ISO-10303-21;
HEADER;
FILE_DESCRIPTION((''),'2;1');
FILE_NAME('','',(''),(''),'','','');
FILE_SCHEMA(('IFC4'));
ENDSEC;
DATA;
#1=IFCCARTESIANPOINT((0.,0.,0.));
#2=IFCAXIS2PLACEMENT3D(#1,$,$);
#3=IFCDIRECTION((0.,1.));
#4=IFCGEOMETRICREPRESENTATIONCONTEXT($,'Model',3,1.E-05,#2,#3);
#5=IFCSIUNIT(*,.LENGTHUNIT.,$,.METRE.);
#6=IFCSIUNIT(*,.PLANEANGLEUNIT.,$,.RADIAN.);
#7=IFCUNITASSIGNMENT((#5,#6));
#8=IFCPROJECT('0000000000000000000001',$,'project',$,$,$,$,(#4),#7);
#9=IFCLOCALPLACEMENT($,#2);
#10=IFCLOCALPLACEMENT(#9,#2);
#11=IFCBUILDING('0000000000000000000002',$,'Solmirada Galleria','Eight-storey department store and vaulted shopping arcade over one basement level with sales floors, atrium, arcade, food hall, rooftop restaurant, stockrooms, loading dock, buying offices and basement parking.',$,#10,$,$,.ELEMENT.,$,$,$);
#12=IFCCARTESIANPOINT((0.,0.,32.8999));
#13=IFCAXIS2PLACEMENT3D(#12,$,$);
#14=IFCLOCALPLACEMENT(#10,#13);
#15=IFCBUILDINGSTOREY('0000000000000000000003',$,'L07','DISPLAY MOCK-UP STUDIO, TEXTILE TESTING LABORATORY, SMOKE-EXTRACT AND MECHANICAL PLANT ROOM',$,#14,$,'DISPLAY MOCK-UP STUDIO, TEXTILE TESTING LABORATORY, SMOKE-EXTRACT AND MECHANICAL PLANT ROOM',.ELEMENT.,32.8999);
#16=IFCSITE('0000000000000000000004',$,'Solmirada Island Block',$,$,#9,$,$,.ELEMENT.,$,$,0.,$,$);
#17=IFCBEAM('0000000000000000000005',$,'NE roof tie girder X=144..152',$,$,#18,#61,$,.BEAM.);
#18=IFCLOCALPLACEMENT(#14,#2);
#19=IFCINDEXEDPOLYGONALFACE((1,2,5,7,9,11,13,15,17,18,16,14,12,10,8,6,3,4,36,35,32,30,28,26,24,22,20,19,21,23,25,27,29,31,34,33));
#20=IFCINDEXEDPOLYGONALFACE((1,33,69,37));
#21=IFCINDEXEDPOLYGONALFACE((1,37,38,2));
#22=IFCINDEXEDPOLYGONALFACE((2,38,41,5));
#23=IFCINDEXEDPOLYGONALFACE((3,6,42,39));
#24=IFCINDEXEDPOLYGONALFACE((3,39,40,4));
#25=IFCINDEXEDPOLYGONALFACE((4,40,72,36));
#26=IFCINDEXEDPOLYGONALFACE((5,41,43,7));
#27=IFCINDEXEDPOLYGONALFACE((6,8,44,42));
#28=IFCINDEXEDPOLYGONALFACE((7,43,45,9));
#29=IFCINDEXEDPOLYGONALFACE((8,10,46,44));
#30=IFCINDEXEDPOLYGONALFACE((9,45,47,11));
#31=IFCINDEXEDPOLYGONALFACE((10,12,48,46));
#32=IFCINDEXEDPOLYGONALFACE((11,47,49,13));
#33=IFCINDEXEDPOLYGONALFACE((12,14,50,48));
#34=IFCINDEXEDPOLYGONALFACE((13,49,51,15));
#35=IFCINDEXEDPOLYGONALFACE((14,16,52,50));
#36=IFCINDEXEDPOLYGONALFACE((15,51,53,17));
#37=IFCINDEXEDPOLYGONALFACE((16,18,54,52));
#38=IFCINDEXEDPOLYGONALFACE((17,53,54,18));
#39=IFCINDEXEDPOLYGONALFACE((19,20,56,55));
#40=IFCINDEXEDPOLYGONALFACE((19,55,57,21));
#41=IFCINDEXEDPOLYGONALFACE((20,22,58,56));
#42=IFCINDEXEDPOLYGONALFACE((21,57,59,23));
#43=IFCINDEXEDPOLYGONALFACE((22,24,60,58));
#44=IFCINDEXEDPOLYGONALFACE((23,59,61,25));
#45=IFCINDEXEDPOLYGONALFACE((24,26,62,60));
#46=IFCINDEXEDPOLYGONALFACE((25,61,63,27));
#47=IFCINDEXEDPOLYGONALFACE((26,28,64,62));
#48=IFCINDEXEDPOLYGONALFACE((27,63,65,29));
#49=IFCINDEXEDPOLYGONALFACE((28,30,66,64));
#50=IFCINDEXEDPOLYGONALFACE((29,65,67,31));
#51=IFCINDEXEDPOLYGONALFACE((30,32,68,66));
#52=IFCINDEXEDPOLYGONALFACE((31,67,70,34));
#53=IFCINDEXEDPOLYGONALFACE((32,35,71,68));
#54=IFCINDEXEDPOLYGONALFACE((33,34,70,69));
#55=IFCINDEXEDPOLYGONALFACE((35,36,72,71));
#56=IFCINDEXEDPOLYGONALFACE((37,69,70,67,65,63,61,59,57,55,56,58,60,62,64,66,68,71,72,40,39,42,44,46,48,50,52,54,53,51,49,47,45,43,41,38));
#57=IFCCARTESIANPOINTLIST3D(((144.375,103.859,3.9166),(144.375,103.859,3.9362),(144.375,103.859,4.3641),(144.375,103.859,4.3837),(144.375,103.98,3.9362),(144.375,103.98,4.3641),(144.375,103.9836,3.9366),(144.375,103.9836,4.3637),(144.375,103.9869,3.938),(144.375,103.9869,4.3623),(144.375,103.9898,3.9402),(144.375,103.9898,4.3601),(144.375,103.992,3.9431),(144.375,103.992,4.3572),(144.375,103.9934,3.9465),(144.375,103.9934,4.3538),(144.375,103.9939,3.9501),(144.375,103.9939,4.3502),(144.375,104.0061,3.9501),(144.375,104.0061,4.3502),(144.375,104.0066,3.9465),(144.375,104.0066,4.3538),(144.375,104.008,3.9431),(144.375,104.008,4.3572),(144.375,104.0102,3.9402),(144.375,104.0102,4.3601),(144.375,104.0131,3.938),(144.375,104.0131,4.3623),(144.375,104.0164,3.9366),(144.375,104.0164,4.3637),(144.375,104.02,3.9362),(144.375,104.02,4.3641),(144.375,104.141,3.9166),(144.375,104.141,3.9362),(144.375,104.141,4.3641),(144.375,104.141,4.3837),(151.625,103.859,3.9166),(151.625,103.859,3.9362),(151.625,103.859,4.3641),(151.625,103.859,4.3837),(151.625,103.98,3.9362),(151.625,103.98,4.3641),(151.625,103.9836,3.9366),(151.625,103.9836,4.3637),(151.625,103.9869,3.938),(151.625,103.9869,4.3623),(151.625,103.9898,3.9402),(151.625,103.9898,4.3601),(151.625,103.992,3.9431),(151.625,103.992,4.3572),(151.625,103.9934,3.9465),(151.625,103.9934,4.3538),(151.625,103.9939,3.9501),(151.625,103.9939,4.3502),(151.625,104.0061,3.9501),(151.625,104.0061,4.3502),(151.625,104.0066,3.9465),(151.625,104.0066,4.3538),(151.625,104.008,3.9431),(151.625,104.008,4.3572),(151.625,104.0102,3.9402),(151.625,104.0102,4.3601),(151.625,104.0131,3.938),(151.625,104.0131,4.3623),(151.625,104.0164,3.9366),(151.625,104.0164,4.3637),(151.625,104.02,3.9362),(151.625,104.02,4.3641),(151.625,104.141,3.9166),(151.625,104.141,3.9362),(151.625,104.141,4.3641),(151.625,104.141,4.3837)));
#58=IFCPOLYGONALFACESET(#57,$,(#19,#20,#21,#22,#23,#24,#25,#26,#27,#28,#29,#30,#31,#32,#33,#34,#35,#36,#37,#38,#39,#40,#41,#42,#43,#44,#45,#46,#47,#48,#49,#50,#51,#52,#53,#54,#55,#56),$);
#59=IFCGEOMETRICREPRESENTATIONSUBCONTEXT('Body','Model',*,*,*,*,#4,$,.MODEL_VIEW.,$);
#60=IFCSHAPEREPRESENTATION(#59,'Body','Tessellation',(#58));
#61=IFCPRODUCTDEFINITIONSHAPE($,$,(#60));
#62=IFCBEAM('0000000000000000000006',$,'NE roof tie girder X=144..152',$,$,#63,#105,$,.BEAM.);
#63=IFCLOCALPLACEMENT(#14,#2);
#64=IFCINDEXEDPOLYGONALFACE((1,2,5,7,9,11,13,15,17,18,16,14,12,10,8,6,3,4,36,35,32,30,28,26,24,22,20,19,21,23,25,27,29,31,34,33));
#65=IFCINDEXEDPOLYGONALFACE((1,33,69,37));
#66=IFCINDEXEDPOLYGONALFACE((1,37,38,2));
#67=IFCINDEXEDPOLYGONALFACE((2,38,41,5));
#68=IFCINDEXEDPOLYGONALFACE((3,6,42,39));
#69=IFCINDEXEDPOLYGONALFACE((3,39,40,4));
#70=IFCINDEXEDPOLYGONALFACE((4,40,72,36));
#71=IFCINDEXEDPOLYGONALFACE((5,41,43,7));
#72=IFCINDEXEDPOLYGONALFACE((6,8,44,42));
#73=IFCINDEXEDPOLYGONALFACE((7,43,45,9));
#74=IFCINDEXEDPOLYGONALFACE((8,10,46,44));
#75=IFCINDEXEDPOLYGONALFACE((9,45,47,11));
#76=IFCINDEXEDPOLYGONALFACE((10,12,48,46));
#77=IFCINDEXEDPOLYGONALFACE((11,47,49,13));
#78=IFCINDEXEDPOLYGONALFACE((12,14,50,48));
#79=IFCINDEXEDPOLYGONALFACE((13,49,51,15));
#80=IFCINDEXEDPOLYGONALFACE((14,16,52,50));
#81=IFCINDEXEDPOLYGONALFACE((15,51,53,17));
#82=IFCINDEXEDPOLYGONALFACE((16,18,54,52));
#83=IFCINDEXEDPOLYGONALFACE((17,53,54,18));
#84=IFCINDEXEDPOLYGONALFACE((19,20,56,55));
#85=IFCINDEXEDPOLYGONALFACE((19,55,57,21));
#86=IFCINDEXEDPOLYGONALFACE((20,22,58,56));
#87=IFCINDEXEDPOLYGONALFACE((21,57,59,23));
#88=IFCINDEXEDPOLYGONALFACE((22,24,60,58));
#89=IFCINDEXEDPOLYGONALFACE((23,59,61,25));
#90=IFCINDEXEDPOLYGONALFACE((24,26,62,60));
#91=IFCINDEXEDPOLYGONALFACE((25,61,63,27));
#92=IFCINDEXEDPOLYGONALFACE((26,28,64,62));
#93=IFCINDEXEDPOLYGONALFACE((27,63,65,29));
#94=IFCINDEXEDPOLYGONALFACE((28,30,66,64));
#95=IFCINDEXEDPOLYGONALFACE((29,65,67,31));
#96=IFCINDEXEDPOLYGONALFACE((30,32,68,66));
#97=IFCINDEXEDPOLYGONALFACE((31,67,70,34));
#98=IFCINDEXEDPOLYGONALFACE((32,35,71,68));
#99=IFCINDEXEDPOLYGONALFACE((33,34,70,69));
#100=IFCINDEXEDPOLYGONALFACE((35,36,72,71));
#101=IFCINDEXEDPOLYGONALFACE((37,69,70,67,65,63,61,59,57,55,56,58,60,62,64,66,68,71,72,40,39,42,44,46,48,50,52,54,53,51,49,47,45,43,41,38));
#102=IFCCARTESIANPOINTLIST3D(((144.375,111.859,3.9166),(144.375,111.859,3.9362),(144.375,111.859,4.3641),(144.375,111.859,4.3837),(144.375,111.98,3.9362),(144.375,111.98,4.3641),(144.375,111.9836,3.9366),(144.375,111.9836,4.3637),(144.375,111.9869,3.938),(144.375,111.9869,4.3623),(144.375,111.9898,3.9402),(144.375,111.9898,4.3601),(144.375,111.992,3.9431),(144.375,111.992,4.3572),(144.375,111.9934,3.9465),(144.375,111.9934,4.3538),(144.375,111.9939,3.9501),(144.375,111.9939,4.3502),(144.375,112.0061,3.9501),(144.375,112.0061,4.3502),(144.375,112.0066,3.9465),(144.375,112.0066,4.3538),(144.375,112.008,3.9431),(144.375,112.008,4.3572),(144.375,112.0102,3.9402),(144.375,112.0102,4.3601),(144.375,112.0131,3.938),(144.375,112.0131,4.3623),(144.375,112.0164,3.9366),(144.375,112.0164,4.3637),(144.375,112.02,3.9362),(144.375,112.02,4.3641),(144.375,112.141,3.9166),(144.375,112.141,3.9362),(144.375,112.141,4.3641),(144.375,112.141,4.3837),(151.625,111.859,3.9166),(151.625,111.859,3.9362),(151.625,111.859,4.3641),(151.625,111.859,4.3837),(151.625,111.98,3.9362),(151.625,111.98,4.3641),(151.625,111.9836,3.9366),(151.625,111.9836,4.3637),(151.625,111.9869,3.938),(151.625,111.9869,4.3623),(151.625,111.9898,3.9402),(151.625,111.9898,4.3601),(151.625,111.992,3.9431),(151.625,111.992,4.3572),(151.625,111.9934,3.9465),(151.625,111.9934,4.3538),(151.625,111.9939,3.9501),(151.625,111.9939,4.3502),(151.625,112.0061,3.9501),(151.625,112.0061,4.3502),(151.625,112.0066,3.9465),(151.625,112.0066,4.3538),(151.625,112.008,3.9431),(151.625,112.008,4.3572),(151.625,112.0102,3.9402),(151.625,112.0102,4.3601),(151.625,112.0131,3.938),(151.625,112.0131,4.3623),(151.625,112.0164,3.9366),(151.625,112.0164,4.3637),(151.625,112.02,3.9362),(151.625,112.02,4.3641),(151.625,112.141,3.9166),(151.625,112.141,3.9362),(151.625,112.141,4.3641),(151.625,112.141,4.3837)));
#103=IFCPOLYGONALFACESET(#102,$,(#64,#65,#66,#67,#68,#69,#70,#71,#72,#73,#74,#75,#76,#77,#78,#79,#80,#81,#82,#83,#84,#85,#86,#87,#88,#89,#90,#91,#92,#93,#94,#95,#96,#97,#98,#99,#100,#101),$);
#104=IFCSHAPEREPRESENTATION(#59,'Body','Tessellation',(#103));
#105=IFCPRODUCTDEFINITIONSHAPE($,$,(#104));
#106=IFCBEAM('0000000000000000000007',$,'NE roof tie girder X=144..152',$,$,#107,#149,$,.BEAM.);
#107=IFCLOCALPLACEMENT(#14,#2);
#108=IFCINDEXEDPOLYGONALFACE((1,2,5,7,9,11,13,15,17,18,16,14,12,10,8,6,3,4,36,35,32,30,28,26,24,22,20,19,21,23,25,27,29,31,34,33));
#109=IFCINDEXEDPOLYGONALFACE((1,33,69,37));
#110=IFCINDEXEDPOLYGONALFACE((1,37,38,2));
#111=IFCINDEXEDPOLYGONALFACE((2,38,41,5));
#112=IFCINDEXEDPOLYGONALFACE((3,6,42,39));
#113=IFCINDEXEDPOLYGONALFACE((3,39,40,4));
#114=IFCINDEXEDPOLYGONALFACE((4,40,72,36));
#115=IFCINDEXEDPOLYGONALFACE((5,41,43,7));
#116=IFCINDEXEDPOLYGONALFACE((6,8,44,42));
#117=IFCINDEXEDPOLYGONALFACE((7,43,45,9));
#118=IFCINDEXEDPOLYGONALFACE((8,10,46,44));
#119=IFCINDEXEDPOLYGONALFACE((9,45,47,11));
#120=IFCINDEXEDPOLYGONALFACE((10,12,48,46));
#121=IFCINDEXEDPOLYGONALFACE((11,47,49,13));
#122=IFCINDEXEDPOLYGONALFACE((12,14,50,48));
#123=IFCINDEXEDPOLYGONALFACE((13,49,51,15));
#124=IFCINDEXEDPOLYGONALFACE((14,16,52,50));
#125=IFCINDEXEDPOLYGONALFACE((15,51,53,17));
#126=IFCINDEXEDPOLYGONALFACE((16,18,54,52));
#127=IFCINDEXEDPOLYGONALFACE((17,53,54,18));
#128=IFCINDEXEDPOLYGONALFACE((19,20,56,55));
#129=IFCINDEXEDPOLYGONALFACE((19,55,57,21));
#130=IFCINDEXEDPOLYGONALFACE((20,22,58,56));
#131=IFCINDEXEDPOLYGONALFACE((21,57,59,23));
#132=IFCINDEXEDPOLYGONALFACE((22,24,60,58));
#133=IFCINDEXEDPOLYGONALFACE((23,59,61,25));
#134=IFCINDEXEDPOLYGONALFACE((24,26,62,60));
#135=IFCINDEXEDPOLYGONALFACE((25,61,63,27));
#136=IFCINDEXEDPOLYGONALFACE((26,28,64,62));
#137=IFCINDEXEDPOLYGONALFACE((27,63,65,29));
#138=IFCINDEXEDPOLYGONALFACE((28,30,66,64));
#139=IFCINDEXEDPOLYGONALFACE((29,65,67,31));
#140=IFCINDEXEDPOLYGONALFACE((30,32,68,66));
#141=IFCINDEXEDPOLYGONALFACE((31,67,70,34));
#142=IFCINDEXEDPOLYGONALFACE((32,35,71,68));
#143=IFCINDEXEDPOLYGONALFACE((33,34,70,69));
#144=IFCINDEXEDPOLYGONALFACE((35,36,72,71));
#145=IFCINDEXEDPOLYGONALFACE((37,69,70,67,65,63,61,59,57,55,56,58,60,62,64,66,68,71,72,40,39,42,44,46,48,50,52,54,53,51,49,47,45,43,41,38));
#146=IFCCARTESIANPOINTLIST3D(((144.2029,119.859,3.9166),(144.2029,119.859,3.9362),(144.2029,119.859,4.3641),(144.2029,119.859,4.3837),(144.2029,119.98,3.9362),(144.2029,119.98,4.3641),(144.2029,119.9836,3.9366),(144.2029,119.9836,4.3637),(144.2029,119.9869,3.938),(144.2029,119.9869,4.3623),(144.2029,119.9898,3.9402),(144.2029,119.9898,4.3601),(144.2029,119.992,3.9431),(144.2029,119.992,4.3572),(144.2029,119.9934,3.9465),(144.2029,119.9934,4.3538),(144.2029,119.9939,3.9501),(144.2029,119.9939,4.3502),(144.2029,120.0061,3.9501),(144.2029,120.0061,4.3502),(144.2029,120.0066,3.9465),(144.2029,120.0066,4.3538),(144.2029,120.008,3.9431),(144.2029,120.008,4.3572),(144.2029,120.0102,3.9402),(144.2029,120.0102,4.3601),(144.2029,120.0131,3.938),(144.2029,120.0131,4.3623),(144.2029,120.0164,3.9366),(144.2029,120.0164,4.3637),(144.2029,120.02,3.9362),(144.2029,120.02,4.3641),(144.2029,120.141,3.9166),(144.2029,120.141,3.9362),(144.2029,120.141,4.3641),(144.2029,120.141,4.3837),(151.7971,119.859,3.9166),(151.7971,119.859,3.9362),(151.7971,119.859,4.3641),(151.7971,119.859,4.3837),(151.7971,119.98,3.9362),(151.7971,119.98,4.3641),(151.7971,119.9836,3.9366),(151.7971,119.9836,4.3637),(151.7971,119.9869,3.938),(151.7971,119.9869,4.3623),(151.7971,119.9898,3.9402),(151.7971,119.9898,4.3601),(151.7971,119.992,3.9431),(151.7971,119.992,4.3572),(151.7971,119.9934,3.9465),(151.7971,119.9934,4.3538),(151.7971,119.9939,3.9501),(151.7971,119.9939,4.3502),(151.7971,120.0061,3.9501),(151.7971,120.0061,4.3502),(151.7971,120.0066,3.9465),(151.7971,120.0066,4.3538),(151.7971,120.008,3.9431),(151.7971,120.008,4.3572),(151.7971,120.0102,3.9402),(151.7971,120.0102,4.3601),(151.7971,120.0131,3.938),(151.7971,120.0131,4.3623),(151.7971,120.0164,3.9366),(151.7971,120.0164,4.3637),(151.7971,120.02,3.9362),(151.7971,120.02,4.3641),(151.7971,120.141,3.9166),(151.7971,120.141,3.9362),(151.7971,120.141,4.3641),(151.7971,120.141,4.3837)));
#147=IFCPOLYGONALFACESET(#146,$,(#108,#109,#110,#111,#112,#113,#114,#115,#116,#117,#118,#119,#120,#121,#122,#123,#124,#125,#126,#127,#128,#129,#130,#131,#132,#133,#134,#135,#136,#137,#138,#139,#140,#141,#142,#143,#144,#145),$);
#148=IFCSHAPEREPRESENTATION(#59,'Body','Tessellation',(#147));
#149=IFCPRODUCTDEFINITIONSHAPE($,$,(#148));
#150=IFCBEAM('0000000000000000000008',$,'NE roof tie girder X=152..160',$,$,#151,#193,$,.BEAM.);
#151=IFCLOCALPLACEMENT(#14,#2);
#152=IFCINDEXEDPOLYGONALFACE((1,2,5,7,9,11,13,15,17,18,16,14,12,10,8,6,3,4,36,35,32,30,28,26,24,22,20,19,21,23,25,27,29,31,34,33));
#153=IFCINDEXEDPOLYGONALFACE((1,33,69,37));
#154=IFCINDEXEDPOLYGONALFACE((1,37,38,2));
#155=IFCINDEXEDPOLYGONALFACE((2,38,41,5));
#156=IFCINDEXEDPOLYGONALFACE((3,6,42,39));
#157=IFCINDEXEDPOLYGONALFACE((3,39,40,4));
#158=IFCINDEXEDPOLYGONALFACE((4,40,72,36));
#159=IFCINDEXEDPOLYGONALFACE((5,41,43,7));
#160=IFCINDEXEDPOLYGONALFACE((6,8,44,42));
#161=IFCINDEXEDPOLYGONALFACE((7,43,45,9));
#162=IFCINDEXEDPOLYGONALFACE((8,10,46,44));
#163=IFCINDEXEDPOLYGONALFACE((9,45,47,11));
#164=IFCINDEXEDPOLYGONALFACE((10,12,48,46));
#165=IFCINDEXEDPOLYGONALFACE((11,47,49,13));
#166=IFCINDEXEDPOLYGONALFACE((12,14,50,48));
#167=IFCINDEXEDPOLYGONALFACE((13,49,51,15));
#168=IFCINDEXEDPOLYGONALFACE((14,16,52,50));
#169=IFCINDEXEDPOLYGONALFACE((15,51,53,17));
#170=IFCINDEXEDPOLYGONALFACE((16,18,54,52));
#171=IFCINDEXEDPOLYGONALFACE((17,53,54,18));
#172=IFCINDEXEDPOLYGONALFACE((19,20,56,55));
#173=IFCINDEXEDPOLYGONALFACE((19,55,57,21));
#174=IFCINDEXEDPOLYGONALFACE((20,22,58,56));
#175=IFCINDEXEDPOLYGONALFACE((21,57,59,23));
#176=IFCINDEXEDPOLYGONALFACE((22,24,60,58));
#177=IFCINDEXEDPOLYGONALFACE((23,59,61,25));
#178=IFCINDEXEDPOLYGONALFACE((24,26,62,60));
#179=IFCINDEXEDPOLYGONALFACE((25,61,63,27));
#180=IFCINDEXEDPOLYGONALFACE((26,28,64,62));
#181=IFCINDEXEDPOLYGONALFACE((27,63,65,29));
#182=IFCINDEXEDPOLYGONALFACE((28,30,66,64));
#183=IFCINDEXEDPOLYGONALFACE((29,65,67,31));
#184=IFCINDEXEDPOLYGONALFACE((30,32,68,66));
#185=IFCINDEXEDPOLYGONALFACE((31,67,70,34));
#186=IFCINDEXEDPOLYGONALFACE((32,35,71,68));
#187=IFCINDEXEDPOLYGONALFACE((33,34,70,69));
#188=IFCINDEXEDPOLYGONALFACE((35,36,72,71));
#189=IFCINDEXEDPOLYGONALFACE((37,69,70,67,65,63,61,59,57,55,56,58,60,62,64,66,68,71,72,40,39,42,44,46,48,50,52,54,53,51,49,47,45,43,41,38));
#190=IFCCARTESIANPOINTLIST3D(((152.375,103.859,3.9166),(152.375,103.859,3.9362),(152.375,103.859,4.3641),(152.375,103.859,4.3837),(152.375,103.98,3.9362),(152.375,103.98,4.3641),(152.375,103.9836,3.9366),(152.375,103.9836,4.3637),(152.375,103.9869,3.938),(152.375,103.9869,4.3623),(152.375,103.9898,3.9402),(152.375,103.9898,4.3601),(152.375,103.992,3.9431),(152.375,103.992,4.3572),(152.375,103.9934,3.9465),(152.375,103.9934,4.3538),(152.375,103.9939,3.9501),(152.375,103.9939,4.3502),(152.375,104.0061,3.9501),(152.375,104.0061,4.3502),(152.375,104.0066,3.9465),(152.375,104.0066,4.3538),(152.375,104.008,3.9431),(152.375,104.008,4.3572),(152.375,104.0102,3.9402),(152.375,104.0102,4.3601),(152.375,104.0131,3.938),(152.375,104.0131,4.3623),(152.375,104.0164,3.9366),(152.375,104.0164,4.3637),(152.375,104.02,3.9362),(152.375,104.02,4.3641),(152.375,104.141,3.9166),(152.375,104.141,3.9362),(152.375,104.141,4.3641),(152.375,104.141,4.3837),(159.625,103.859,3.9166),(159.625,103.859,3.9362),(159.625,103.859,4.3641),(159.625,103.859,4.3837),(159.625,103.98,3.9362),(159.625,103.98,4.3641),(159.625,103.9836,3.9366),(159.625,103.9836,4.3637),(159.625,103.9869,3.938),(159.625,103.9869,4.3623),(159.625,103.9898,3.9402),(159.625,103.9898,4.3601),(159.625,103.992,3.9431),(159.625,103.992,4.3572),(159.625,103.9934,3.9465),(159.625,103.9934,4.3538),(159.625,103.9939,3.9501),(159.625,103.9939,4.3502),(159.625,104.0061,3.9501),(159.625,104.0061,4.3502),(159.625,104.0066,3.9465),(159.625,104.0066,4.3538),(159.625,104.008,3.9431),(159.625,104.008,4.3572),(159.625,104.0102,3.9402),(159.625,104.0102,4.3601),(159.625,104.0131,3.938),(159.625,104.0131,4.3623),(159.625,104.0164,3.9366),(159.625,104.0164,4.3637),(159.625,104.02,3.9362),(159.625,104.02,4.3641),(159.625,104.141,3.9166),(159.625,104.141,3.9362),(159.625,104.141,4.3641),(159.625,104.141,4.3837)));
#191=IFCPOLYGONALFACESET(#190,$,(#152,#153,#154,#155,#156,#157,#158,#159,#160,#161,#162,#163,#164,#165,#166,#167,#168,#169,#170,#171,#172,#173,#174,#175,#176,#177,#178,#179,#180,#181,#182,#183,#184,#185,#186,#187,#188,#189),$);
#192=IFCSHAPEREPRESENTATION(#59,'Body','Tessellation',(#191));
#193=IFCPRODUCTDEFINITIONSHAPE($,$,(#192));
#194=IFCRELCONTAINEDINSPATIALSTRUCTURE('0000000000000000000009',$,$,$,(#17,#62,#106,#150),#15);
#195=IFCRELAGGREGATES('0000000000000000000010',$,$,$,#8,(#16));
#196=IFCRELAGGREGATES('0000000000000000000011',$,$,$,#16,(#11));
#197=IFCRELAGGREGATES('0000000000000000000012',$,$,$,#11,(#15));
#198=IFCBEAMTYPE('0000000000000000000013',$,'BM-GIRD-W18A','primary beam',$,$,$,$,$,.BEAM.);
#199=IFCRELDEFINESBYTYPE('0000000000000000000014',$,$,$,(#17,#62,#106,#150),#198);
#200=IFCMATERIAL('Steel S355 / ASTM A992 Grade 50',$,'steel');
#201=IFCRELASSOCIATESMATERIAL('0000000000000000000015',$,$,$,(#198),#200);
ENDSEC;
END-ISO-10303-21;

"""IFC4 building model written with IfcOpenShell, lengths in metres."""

from ifc_helpers import new_model, si_unit, direction, frame, origin, origin_2d, place, context, subcontext, project, spatial, i_section, extrude, material, material_profile, profile_set, type_object, element, save


model = new_model("IFC4")

# Units and contexts
model_context = context("Model", 3, precision=1e-05, world=origin(), true_north=direction((0.0, 1.0)))
body_context = subcontext(model_context, "Body", "Model", "MODEL_VIEW")
ifc_project = project(units=[si_unit("LENGTHUNIT", "METRE"), si_unit("PLANEANGLEUNIT", "RADIAN")], contexts=[model_context])

# Site, building, storey
site_placement = place(None, origin())
site = spatial("IfcSite", under=ifc_project, at=site_placement, Name="Solmirada Island Block", CompositionType="ELEMENT", RefElevation=0.0)
building_placement = place(site_placement, origin())
building = spatial("IfcBuilding", under=site, at=building_placement, Name="Solmirada Galleria", Description="Eight-storey department store and vaulted shopping arcade over one basement level with sales floors, atrium, arcade, food hall, rooftop restaurant, stockrooms, loading dock, buying offices and basement parking.", CompositionType="ELEMENT")
storey_placement = place(building_placement, frame((0.0, 0.0, 32.8999)))
storey = spatial("IfcBuildingStorey", under=building, at=storey_placement, Name="L07", Description="DISPLAY MOCK-UP STUDIO, TEXTILE TESTING LABORATORY, SMOKE-EXTRACT AND MECHANICAL PLANT ROOM", LongName="DISPLAY MOCK-UP STUDIO, TEXTILE TESTING LABORATORY, SMOKE-EXTRACT AND MECHANICAL PLANT ROOM", CompositionType="ELEMENT", Elevation=32.8999)

# Beams
ifc_material_1 = material(Name="Steel S355 / ASTM A992 Grade 50", Category="steel")
ifc_material_profile_1 = material_profile(ifc_material_1, i_section(OverallWidth=0.282, OverallDepth=0.467, WebThickness=0.0122, FlangeThickness=0.0195, FilletRadius=0.0139, at=origin_2d()), Name="W18X86")
ifc_profile_set_1 = profile_set([ifc_material_profile_1], Name="Steel S355 / ASTM A992 Grade 50")
beam_type = type_object("IfcBeamType", Name="BM-GIRD-W18A", Description="primary beam", PredefinedType="BEAM", material=ifc_profile_set_1)
for number, where, z_axis, x_axis, name in (
    (1, (144.375, 104.0, 4.1501), (1.0, 0.0, 0.0), (0.0, 1.0, 0.0), "NE roof tie girder X=144..152"),
    (2, (144.375, 112.0, 4.1501), (1.0, 0.0, 0.0), (0.0, 1.0, 0.0), "NE roof tie girder X=144..152"),
):
    element("IfcBeam", number, at=place(storey_placement, frame(where, z_axis=z_axis, x_axis=x_axis)), inside=storey, type_object=beam_type, Name=name, PredefinedType="BEAM", context=body_context, shape_type="SweptSolid", body=[
        extrude(i_section(OverallWidth=0.282, OverallDepth=0.467, WebThickness=0.0122, FlangeThickness=0.0195, FilletRadius=0.0139, at=origin_2d()), origin(), (0.0, 0.0, 1.0), 7.25),
    ])
beam_1_placement = place(storey_placement, frame((144.2029, 120.0, 4.1501), z_axis=(1.0, 0.0, 0.0), x_axis=(0.0, 1.0, 0.0)))
element("IfcBeam", 3, at=beam_1_placement, inside=storey, type_object=beam_type, Name="NE roof tie girder X=144..152", PredefinedType="BEAM", context=body_context, shape_type="SweptSolid", body=[
    extrude(i_section(OverallWidth=0.282, OverallDepth=0.467, WebThickness=0.0122, FlangeThickness=0.0195, FilletRadius=0.0139, at=origin_2d()), origin(), (0.0, 0.0, 1.0), 7.5942),
])
for number, where, z_axis, x_axis, name in (
    (4, (152.375, 104.0, 4.1501), (1.0, 0.0, 0.0), (0.0, 1.0, 0.0), "NE roof tie girder X=152..160"),
):
    element("IfcBeam", number, at=place(storey_placement, frame(where, z_axis=z_axis, x_axis=x_axis)), inside=storey, type_object=beam_type, Name=name, PredefinedType="BEAM", context=body_context, shape_type="SweptSolid", body=[
        extrude(i_section(OverallWidth=0.282, OverallDepth=0.467, WebThickness=0.0122, FlangeThickness=0.0195, FilletRadius=0.0139, at=origin_2d()), origin(), (0.0, 0.0, 1.0), 7.25),
    ])

save(model, "model.ifc")
